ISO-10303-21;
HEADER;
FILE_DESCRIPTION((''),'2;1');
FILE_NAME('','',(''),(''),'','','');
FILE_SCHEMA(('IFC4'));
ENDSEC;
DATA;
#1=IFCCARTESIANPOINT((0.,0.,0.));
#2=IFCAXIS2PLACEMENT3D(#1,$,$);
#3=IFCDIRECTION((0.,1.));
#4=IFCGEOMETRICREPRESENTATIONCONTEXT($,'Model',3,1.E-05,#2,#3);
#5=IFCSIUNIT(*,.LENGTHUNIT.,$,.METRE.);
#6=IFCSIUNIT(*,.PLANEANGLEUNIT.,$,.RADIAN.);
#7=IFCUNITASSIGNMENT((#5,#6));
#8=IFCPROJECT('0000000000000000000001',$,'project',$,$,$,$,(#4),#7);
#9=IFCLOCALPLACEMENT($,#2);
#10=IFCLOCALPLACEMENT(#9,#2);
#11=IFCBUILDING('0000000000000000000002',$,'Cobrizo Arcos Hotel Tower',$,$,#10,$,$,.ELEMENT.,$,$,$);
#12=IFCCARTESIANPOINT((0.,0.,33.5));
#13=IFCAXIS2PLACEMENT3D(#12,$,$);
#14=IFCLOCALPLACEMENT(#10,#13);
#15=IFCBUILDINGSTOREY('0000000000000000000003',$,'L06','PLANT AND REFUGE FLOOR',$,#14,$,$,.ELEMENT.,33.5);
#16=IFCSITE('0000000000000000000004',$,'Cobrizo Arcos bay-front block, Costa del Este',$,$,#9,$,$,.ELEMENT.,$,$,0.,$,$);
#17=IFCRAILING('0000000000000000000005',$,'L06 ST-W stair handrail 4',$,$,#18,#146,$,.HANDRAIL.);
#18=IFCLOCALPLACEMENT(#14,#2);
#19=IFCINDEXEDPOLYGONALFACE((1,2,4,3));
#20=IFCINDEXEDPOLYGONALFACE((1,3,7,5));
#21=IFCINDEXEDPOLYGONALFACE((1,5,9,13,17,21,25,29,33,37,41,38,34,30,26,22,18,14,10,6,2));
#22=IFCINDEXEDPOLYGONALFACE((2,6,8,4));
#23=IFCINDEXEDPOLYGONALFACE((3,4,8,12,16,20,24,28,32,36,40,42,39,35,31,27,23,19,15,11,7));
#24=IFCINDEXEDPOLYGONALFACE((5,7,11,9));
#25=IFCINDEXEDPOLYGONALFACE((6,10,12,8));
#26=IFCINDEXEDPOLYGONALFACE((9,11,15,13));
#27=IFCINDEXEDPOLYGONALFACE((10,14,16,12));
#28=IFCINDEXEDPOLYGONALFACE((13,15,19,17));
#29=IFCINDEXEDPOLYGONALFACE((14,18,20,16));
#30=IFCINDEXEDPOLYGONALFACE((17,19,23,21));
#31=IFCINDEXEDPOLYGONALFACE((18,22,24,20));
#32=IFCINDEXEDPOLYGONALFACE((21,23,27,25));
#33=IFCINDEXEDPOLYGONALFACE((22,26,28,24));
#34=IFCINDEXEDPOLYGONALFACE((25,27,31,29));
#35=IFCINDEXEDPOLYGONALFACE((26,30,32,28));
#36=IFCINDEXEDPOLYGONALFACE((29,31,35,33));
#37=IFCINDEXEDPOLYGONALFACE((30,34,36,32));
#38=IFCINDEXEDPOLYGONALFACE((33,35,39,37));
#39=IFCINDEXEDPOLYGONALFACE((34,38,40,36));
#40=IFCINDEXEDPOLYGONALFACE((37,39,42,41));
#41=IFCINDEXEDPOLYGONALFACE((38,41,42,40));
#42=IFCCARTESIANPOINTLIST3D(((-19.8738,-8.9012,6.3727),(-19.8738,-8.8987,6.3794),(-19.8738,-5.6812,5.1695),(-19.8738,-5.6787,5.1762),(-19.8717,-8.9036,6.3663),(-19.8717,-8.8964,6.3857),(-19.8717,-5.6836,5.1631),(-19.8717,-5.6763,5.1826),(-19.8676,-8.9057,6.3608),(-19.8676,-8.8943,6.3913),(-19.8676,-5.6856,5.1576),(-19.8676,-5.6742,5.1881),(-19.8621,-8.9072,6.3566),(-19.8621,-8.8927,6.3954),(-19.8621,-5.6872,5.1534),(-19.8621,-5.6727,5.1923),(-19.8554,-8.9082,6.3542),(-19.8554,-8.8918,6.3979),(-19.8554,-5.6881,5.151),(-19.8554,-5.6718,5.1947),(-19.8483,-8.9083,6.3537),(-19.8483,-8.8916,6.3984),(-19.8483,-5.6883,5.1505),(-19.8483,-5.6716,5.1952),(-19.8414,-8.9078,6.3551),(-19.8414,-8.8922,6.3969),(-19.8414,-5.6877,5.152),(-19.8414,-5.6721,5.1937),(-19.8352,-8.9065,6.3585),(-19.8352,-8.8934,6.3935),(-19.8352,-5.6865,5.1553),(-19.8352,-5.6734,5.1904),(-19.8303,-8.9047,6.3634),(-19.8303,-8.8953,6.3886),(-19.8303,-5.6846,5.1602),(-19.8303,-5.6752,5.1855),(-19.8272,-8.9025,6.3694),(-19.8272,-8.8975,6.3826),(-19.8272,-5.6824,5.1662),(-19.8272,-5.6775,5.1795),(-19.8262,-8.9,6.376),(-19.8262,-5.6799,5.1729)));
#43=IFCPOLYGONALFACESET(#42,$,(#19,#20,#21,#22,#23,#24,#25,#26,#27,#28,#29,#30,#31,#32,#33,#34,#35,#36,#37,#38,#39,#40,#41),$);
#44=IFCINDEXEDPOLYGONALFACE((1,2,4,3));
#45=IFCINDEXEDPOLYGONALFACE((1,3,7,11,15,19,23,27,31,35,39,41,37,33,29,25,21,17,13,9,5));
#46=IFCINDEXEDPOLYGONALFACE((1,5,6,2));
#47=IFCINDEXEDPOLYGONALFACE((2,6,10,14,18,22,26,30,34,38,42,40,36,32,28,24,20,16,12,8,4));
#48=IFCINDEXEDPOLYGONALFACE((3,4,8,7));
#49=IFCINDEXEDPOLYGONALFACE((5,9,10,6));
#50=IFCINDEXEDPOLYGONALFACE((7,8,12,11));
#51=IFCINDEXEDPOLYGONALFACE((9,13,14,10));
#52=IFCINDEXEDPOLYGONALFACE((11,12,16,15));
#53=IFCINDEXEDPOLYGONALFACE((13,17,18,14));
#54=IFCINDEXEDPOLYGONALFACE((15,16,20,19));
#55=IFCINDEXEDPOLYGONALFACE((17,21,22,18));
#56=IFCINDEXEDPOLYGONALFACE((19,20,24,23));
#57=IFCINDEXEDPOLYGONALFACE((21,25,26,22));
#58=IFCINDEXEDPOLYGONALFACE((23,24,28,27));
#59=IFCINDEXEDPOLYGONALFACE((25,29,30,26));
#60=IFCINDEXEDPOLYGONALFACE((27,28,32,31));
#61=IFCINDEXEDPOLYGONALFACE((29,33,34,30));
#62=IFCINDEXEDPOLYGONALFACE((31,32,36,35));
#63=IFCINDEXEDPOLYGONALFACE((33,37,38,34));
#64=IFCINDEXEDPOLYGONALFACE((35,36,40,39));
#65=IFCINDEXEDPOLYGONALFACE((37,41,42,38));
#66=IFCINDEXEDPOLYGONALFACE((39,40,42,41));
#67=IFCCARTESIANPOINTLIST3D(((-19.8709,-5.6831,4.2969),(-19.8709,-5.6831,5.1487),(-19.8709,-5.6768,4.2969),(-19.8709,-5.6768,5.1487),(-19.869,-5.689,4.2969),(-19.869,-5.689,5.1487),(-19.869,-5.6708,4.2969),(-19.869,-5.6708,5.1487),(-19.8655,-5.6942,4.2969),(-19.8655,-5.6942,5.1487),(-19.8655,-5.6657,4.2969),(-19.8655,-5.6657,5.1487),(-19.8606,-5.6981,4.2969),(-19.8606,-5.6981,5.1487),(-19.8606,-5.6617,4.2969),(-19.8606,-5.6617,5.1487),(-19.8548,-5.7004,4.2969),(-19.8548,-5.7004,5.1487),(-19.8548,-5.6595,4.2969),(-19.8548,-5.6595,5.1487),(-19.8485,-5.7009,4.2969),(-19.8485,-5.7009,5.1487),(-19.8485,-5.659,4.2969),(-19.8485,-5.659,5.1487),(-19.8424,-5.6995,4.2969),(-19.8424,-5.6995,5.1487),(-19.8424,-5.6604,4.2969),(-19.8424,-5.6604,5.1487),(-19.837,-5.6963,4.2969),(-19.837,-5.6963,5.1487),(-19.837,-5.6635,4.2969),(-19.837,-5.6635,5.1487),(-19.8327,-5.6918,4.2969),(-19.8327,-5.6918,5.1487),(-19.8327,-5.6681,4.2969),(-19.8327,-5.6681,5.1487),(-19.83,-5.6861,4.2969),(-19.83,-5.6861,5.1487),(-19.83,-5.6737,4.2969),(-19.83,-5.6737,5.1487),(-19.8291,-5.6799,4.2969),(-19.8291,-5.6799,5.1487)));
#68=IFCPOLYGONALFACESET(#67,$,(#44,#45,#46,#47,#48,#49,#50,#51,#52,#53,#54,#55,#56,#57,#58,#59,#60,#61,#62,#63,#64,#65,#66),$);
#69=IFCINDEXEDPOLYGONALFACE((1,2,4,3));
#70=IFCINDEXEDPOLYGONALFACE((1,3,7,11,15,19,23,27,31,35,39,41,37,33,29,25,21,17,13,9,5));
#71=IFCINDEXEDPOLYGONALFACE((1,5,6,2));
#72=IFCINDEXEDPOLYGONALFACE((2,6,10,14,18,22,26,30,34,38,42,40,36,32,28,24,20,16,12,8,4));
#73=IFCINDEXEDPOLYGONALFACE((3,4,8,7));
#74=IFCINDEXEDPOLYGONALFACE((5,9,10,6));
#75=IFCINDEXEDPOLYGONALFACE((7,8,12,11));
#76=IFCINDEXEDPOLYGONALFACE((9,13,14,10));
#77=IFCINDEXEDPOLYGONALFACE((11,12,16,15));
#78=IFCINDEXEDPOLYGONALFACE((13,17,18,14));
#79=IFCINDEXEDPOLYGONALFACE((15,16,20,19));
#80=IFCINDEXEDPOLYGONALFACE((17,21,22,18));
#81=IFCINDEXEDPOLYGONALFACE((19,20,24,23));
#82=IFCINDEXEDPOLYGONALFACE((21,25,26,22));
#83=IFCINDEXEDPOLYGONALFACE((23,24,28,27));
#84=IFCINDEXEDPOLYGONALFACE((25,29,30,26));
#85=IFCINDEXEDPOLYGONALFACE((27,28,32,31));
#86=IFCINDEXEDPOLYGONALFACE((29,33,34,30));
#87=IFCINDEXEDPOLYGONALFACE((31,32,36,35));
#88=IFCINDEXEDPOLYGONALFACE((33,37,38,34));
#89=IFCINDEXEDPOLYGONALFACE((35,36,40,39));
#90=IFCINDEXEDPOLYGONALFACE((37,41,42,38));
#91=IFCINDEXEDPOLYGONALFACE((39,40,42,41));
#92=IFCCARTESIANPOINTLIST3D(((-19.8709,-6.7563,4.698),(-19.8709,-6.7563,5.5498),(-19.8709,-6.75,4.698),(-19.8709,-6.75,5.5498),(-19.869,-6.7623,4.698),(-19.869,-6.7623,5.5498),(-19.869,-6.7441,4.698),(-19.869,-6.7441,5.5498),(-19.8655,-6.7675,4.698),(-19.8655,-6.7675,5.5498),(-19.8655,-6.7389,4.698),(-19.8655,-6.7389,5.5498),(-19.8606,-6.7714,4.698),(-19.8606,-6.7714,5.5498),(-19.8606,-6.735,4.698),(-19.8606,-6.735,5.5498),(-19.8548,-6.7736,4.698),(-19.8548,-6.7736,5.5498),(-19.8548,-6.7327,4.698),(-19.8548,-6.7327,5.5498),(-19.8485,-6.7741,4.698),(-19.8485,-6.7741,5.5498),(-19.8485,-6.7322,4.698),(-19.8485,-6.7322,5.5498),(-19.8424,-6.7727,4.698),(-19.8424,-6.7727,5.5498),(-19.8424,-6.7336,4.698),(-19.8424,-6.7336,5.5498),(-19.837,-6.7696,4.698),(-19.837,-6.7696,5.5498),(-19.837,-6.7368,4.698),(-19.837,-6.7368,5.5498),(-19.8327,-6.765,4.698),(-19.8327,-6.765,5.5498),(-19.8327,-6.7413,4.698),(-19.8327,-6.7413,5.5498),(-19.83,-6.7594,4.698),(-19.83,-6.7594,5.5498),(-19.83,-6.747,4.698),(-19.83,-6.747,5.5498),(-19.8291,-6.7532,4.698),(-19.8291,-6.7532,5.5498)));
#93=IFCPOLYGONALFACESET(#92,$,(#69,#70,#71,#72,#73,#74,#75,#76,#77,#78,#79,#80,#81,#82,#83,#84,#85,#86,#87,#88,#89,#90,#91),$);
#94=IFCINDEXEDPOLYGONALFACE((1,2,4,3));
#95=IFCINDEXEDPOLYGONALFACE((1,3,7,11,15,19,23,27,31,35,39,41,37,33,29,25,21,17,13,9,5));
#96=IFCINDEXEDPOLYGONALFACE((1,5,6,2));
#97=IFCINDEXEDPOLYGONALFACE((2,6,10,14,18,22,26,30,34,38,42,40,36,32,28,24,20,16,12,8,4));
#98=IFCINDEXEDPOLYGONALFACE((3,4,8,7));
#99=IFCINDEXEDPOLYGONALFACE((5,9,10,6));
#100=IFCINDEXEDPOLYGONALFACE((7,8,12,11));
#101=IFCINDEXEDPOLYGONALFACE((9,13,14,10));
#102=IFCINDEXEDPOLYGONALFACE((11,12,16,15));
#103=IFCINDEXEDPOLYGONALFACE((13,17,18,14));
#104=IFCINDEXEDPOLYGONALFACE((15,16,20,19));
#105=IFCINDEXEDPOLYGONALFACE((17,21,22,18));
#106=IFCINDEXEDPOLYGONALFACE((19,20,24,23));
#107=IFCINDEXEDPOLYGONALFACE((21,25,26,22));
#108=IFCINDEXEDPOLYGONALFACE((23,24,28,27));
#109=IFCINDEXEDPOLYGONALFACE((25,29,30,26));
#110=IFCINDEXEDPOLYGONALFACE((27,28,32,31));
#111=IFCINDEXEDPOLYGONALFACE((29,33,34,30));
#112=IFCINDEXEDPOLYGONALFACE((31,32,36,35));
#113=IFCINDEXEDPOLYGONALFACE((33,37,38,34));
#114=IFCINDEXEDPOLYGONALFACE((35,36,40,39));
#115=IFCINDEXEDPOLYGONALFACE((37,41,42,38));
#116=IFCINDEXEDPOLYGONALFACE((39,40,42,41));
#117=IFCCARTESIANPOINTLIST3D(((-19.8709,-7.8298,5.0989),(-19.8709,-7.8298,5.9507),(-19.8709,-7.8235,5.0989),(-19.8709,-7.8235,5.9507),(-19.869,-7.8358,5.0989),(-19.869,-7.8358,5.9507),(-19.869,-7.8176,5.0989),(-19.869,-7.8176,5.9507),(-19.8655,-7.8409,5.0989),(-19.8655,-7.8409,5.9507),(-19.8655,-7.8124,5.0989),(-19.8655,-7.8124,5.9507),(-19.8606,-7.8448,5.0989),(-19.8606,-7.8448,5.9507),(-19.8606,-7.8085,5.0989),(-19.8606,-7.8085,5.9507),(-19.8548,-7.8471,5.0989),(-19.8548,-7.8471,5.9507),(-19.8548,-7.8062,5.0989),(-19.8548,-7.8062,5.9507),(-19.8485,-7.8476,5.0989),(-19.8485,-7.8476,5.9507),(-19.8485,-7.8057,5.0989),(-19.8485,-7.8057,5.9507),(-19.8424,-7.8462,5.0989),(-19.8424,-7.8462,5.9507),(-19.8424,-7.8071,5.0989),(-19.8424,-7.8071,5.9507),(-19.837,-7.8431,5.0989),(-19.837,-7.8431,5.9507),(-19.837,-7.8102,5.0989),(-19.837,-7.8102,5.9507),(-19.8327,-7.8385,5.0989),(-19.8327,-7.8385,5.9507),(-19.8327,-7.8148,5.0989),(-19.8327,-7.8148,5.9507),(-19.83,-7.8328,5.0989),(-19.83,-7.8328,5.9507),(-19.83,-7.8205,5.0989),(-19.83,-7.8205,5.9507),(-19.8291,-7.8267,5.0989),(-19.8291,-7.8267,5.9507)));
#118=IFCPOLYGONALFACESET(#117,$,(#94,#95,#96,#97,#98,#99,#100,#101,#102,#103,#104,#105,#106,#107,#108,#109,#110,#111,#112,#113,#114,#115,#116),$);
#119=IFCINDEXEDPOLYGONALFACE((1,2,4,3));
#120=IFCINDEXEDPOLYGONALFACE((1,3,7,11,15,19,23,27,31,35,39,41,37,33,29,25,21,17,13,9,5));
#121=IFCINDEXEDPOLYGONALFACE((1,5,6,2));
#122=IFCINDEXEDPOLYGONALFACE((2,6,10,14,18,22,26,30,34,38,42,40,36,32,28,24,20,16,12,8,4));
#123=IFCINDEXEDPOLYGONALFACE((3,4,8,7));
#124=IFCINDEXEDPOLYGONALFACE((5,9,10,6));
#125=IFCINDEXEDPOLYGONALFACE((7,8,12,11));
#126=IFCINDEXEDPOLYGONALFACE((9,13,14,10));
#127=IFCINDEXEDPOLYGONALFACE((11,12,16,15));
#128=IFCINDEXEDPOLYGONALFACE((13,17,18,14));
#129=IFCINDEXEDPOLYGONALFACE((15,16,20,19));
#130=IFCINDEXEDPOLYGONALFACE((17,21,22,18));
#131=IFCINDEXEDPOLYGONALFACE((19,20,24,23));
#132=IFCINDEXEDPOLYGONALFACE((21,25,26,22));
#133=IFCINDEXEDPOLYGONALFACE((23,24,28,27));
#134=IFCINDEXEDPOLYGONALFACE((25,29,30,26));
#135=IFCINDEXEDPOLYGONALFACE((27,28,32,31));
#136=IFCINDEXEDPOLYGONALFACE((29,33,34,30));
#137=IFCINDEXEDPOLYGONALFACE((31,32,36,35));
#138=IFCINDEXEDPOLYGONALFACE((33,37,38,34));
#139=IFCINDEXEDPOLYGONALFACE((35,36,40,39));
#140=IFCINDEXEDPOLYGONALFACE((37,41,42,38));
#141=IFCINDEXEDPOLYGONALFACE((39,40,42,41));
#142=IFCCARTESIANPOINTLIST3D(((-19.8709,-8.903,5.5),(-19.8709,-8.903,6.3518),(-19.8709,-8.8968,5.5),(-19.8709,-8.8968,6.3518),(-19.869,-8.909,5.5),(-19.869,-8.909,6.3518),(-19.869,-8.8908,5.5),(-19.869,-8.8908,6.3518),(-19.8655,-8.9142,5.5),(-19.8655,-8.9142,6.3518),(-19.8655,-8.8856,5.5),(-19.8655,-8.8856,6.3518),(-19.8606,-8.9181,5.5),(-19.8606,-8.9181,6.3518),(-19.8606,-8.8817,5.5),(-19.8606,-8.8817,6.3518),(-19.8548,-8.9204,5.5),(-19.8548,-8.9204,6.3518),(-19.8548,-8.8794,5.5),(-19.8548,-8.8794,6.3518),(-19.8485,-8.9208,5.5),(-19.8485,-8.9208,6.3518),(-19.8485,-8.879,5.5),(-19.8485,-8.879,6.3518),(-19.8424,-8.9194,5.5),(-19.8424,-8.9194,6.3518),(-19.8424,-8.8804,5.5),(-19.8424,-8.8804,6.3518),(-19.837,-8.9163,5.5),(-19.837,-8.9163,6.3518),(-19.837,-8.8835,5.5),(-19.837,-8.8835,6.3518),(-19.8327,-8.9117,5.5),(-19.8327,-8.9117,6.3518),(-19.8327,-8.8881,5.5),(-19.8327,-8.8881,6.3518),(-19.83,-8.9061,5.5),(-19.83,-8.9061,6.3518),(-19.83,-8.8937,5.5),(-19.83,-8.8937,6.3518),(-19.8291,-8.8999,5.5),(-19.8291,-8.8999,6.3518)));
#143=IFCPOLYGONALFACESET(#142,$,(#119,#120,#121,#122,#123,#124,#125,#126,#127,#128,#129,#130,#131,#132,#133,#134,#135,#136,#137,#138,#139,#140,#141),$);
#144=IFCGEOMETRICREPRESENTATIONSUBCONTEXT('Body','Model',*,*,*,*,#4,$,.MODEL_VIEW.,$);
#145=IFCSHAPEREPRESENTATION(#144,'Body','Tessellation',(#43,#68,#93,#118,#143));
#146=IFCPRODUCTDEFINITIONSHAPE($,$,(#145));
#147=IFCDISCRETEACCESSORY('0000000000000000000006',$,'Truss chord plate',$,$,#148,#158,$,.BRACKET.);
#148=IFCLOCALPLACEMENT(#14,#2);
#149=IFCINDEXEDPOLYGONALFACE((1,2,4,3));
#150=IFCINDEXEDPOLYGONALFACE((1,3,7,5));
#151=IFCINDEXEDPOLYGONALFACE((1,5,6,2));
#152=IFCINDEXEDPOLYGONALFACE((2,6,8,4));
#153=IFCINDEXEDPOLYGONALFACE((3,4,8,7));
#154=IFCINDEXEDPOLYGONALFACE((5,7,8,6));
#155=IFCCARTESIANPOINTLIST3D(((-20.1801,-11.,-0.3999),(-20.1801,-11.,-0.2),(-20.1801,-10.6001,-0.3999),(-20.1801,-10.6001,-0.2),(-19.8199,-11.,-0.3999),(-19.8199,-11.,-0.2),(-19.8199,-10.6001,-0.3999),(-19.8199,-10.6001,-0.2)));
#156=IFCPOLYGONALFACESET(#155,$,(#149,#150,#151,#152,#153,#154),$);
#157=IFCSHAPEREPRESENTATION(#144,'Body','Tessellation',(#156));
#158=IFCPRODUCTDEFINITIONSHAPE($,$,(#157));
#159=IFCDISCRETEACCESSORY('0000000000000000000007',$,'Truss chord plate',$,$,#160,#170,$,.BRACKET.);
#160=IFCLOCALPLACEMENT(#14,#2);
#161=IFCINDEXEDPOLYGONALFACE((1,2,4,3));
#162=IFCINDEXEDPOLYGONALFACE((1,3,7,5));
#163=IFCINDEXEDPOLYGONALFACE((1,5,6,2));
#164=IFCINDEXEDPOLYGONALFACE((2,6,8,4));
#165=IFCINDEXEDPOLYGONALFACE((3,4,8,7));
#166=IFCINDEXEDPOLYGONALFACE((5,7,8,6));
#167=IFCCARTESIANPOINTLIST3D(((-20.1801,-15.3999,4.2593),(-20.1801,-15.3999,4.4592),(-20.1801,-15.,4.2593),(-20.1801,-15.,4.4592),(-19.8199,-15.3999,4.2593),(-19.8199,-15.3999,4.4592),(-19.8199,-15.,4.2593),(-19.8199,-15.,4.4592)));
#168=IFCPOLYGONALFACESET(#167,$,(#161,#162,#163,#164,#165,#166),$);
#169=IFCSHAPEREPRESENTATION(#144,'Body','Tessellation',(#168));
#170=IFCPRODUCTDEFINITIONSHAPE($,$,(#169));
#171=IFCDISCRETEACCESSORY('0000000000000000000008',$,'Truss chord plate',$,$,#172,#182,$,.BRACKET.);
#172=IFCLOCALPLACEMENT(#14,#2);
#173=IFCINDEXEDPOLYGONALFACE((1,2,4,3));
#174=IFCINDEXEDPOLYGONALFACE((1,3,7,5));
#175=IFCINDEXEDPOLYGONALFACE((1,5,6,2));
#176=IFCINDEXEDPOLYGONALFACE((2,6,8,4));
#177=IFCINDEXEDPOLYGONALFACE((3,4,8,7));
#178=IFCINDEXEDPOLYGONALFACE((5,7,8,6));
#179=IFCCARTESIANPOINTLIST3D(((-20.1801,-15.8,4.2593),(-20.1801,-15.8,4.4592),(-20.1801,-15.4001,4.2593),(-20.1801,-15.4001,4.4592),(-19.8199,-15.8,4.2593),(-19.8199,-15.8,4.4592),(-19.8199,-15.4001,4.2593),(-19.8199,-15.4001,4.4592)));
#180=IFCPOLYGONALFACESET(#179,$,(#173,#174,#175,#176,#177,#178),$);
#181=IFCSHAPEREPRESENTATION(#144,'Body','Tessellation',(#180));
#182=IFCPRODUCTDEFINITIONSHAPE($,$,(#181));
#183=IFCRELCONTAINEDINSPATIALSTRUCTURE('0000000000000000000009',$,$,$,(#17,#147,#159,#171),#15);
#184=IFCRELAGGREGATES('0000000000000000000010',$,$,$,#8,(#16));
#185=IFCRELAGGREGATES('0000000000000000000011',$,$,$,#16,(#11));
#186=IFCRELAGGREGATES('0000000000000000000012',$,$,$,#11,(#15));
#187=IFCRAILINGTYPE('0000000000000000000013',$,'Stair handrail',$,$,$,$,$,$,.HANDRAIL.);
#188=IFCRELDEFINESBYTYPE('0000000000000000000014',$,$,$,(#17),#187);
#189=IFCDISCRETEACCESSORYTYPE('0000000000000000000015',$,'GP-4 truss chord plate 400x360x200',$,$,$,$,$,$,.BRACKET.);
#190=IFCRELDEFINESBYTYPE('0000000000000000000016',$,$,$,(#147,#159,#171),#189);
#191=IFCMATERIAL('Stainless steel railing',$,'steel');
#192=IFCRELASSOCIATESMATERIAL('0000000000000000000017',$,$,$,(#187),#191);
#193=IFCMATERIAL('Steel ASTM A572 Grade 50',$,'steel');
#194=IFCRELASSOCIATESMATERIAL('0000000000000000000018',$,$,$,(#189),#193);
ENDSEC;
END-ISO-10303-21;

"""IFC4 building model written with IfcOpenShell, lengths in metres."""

from ifc_helpers import new_model, si_unit, direction, frame, origin, origin_2d, place, context, subcontext, project, spatial, rectangle, circle, extrude, material, type_object, element, save


model = new_model("IFC4")

# Units and contexts
model_context = context("Model", 3, precision=1e-05, world=origin(), true_north=direction((0.0, 1.0)))
body_context = subcontext(model_context, "Body", "Model", "MODEL_VIEW")
ifc_project = project(units=[si_unit("LENGTHUNIT", "METRE"), si_unit("PLANEANGLEUNIT", "RADIAN")], contexts=[model_context])

# Site, building, storey
site_placement = place(None, origin())
site = spatial("IfcSite", under=ifc_project, at=site_placement, Name="Cobrizo Arcos bay-front block, Costa del Este", CompositionType="ELEMENT", RefElevation=0.0)
building_placement = place(site_placement, origin())
building = spatial("IfcBuilding", under=site, at=building_placement, Name="Cobrizo Arcos Hotel Tower", CompositionType="ELEMENT")
storey_placement = place(building_placement, frame((0.0, 0.0, 33.5)))
storey = spatial("IfcBuildingStorey", under=building, at=storey_placement, Name="L06", Description="PLANT AND REFUGE FLOOR", CompositionType="ELEMENT", Elevation=33.5)

# Railing
ifc_material_1 = material(Name="Stainless steel railing", Category="steel")
railing_type_1 = type_object("IfcRailingType", Name="Stair handrail", PredefinedType="HANDRAIL", material=ifc_material_1)
for number, where, name in (
    (1, (-19.8501, -5.6799, 4.2969), "L06 ST-W stair handrail 4"),
):
    element("IfcRailing", number, at=place(storey_placement, frame(where)), inside=storey, type_object=railing_type_1, Name=name, PredefinedType="HANDRAIL", context=body_context, shape_type="SweptSolid", body=[
        extrude(circle(Radius=0.0239, at=origin_2d()), frame((0.0, 0.0, 0.876), z_axis=(0.0, -0.936746, 0.35001), x_axis=(1.0, 0.0, 0.0)), (0.0, 0.0, 1.0), 3.4375),
        extrude(circle(Radius=0.021, at=origin_2d()), origin(), (0.0, 0.0, 1.0), 0.8518),
        extrude(circle(Radius=0.021, at=origin_2d()), frame((0.0, -1.0732, 0.4011)), (0.0, 0.0, 1.0), 0.8518),
        extrude(circle(Radius=0.021, at=origin_2d()), frame((0.0, -2.1467, 0.802)), (0.0, 0.0, 1.0), 0.8518),
        extrude(circle(Radius=0.021, at=origin_2d()), frame((0.0, -3.22, 1.2031)), (0.0, 0.0, 1.0), 0.8518),
    ])

# Discrete accessories
ifc_material_2 = material(Name="Steel ASTM A572 Grade 50", Category="steel")
discrete_accessory_type = type_object("IfcDiscreteAccessoryType", Name="GP-4 truss chord plate 400x360x200", PredefinedType="BRACKET", material=ifc_material_2)
for number, where, z_axis, x_axis, name in (
    (2, (-20.0, -10.8, -0.3999), (0.0, 0.0, 1.0), (0.0, -1.0, 0.0), "Truss chord plate"),
    (3, (-20.0, -15.2, 4.2593), (0.0, 0.0, 1.0), (0.0, -1.0, 0.0), "Truss chord plate"),
    (4, (-20.0, -15.6001, 4.2593), (0.0, 0.0, 1.0), (0.0, -1.0, 0.0), "Truss chord plate"),
):
    element("IfcDiscreteAccessory", number, at=place(storey_placement, frame(where, z_axis=z_axis, x_axis=x_axis)), inside=storey, type_object=discrete_accessory_type, Name=name, PredefinedType="BRACKET", context=body_context, shape_type="SweptSolid", body=[
        extrude(rectangle(XDim=0.3999, YDim=0.3601, at=origin_2d()), origin(), (0.0, 0.0, 1.0), 0.2),
    ])

save(model, "model.ifc")
